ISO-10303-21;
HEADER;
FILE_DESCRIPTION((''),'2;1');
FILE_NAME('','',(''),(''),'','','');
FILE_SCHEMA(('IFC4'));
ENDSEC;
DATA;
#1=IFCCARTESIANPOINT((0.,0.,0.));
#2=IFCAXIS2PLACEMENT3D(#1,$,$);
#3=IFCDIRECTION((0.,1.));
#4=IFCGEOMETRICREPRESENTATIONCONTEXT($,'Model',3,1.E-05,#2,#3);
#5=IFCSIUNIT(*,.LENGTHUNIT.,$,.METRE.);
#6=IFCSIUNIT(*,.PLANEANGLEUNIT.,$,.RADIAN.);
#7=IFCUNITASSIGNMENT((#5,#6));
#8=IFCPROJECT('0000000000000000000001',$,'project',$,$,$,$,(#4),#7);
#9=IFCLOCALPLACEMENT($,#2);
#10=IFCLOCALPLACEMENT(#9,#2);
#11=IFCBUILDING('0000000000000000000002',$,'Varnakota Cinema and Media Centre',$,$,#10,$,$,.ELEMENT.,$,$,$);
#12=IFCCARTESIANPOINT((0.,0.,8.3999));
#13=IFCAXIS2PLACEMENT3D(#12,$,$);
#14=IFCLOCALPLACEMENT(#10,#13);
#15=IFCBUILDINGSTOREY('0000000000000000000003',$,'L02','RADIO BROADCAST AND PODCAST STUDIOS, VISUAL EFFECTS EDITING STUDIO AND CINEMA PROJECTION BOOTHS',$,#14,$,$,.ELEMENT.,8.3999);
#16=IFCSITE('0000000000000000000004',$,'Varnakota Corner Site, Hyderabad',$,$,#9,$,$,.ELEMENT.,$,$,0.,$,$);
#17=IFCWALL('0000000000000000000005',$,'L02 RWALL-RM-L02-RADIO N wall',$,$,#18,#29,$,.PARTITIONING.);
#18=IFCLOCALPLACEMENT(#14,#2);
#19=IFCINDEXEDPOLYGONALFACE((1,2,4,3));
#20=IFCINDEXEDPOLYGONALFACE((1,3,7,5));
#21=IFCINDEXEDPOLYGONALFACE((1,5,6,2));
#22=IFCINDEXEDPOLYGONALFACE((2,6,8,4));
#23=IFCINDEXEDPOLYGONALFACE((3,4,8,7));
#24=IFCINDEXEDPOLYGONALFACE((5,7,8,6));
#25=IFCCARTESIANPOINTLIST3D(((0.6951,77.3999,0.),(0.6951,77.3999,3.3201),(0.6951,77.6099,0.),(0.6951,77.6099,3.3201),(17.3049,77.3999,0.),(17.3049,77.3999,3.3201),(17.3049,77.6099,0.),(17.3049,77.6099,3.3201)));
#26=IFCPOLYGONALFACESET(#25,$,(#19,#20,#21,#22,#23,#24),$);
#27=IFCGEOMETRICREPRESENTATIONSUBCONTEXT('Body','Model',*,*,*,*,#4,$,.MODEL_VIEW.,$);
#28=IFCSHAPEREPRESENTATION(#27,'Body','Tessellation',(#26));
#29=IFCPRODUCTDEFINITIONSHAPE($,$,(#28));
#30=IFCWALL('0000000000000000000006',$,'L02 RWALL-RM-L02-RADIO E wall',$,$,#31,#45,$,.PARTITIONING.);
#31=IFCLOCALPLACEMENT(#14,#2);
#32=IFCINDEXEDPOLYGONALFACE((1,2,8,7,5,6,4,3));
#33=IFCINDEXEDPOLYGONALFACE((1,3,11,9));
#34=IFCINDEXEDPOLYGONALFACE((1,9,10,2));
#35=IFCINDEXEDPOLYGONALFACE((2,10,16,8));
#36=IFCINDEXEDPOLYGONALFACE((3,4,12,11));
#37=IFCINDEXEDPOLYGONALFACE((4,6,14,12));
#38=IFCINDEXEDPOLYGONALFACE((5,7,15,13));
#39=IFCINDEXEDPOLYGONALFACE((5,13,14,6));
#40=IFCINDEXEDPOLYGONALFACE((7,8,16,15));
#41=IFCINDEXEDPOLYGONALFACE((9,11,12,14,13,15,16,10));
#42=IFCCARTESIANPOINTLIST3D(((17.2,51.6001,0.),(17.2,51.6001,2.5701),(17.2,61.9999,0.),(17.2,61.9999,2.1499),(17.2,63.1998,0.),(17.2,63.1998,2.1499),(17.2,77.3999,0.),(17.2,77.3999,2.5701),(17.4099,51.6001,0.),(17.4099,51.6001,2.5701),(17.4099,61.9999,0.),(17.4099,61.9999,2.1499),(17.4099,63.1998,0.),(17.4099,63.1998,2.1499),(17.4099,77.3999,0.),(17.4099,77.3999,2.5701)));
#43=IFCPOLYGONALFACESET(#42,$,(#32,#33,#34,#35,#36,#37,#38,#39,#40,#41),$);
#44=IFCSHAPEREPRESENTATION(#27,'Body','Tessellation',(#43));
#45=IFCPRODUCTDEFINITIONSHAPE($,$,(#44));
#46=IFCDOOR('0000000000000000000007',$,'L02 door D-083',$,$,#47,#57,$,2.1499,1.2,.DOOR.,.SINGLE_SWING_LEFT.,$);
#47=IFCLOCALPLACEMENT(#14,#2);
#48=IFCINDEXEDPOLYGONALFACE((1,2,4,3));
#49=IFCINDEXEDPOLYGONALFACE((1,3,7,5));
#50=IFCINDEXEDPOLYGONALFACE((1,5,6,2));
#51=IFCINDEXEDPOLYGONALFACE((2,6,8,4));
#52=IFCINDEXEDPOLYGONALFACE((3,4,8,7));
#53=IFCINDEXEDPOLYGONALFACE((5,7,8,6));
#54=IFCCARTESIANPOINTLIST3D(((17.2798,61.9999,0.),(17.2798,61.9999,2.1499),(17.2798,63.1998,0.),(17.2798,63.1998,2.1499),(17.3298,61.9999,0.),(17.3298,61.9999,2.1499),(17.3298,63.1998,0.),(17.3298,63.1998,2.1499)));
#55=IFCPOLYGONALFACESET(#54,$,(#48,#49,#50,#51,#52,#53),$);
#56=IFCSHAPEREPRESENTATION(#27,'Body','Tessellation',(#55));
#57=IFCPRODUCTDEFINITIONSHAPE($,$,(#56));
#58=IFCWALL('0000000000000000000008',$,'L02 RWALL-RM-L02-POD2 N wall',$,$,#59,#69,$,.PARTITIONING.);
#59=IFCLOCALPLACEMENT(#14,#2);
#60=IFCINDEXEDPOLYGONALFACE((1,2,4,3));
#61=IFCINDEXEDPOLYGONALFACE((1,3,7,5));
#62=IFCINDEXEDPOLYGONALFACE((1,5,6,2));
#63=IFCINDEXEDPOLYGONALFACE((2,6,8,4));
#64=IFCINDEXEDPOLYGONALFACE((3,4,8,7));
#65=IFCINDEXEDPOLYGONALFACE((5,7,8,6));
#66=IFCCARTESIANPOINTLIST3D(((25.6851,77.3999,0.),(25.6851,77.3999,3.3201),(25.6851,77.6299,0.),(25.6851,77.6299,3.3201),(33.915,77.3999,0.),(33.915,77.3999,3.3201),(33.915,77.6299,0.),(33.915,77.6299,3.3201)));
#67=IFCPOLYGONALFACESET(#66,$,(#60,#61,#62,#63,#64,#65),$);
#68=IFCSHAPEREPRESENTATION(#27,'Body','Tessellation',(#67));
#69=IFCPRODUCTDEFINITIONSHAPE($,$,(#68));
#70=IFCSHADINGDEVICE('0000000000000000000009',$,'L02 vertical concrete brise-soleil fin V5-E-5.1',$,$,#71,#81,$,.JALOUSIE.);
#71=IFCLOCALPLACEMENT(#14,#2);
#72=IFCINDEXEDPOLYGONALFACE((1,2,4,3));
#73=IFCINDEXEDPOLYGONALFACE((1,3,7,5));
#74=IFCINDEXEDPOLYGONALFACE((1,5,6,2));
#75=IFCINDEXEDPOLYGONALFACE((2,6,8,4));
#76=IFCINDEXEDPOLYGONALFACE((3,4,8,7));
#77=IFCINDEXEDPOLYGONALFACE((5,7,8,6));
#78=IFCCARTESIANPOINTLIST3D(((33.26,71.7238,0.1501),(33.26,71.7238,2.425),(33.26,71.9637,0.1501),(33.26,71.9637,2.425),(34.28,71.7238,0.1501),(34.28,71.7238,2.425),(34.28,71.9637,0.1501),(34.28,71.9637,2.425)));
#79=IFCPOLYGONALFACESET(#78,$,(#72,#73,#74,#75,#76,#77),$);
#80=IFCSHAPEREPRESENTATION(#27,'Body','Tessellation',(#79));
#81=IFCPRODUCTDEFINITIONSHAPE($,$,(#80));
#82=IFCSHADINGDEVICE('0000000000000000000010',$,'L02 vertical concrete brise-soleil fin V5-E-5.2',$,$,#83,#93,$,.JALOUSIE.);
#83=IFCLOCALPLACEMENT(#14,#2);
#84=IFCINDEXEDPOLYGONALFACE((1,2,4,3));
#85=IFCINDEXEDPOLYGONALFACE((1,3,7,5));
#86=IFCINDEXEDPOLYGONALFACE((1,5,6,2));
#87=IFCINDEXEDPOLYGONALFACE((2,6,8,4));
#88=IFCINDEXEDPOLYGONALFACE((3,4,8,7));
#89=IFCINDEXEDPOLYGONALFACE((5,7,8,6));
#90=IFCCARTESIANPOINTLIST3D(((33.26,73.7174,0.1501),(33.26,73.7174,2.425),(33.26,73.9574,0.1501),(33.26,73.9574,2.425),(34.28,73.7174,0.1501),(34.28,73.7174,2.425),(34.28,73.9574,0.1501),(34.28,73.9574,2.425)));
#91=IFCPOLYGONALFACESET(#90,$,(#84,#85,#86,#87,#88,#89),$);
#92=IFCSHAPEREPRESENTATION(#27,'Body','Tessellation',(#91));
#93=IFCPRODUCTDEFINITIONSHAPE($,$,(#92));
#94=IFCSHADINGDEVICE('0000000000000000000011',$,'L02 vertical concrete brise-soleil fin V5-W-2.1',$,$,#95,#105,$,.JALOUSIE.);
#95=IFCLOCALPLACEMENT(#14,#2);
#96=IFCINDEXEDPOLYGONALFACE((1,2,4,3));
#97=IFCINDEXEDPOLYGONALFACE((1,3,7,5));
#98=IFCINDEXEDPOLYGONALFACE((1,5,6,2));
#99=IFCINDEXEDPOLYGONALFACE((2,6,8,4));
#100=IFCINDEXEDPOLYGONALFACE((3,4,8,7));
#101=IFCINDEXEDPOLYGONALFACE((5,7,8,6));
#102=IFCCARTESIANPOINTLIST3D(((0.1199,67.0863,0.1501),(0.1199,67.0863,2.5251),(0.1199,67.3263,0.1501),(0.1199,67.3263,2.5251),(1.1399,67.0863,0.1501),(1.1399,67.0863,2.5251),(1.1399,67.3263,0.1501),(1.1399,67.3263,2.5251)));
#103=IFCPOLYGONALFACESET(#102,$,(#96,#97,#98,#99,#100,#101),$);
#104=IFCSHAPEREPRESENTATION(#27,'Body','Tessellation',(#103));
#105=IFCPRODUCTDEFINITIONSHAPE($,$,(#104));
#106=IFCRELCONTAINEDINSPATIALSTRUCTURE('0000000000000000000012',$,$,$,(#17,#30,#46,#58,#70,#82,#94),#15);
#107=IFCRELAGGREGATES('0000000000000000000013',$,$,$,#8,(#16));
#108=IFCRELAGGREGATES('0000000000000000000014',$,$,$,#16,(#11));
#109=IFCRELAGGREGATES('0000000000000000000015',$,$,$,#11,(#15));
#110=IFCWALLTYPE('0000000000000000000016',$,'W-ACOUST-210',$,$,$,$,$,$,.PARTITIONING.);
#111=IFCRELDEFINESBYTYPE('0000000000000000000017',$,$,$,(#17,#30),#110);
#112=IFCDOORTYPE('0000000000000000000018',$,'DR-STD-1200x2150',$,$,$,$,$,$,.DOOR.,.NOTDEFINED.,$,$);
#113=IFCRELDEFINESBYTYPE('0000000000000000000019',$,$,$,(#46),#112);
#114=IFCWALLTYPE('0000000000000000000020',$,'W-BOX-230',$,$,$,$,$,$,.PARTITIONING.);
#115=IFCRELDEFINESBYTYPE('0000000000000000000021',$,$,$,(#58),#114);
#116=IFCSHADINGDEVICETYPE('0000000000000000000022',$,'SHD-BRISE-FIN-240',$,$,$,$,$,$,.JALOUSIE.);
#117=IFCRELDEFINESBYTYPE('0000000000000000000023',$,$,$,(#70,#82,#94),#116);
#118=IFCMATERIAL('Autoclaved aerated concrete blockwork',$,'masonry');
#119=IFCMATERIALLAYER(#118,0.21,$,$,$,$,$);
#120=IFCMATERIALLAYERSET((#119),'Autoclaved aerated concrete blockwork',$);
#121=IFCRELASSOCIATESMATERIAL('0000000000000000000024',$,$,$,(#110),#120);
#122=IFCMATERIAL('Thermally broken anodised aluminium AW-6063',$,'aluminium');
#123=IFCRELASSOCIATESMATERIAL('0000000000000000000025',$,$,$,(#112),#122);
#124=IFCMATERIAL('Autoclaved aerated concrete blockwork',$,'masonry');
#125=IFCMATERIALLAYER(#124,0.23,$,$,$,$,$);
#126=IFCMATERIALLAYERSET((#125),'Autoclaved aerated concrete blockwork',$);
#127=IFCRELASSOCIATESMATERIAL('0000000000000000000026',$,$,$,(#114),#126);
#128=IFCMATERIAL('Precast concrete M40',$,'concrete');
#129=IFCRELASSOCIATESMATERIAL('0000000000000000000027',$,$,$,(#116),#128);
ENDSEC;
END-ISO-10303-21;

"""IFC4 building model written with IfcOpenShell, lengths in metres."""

from ifc_helpers import new_model, si_unit, direction, frame, frame_2d, origin, origin_2d, place, context, subcontext, project, spatial, rectangle, extrude, material, layer, layer_set, type_object, element, fill, save


model = new_model("IFC4")

# Units and contexts
model_context = context("Model", 3, precision=1e-05, world=origin(), true_north=direction((0.0, 1.0)))
body_context = subcontext(model_context, "Body", "Model", "MODEL_VIEW")
ifc_project = project(units=[si_unit("LENGTHUNIT", "METRE"), si_unit("PLANEANGLEUNIT", "RADIAN")], contexts=[model_context])

# Site, building, storey
site_placement = place(None, origin())
site = spatial("IfcSite", under=ifc_project, at=site_placement, Name="Varnakota Corner Site, Hyderabad", CompositionType="ELEMENT", RefElevation=0.0)
building_placement = place(site_placement, origin())
building = spatial("IfcBuilding", under=site, at=building_placement, Name="Varnakota Cinema and Media Centre", CompositionType="ELEMENT")
storey_placement = place(building_placement, frame((0.0, 0.0, 8.3999)))
storey = spatial("IfcBuildingStorey", under=building, at=storey_placement, Name="L02", Description="RADIO BROADCAST AND PODCAST STUDIOS, VISUAL EFFECTS EDITING STUDIO AND CINEMA PROJECTION BOOTHS", CompositionType="ELEMENT", Elevation=8.3999)

# Wall
ifc_material_1 = material(Name="Autoclaved aerated concrete blockwork", Category="masonry")
ifc_layer_1 = layer(ifc_material_1, 0.21)
ifc_layer_set_1 = layer_set([ifc_layer_1], Name="Autoclaved aerated concrete blockwork")
wall_type_1 = type_object("IfcWallType", Name="W-ACOUST-210", PredefinedType="PARTITIONING", material=ifc_layer_set_1)
wall_1_placement = place(storey_placement, frame((0.6951, 77.5049, 0.0), z_axis=(0.0, 0.0, 1.0), x_axis=(1.0, 0.0, 0.0)))
element("IfcWall", 1, at=wall_1_placement, inside=storey, type_object=wall_type_1, Name="L02 RWALL-RM-L02-RADIO N wall", PredefinedType="PARTITIONING", context=body_context, shape_type="SweptSolid", body=[
    extrude(rectangle(XDim=16.6099, YDim=0.21, at=frame_2d((8.3049, 0.0))), origin(), (0.0, 0.0, 1.0), 3.3201),
])

# Wall, opening, door
wall_2_placement = place(storey_placement, frame((17.3049, 77.3999, 0.0), z_axis=(0.0, 0.0, 1.0), x_axis=(0.0, -1.0, 0.0)))
wall_2 = element("IfcWall", 2, at=wall_2_placement, inside=storey, type_object=wall_type_1, Name="L02 RWALL-RM-L02-RADIO E wall", PredefinedType="PARTITIONING", context=body_context, shape_type="SweptSolid", body=[
    extrude(rectangle(XDim=25.7998, YDim=0.21, at=frame_2d((12.8999, 0.0))), origin(), (0.0, 0.0, 1.0), 2.5701),
])
opening_placement = place(wall_2_placement, frame((14.2, 0.0, 0.0)))
opening = element("IfcOpeningElement", 3, at=opening_placement, cuts=wall_2, PredefinedType="OPENING", context=body_context, shape_type="SweptSolid", body=[
    extrude(rectangle(XDim=1.2, YDim=2.1499, at=frame_2d((0.6001, 1.075))), frame((0.0, 0.105, 0.0), z_axis=(0.0, -1.0, 0.0), x_axis=(1.0, 0.0, 0.0)), (0.0, 0.0, 1.0), 0.21),
])
ifc_material_2 = material(Name="Thermally broken anodised aluminium AW-6063", Category="aluminium")
door_type = type_object("IfcDoorType", Name="DR-STD-1200x2150", OperationType="NOTDEFINED", PredefinedType="DOOR", material=ifc_material_2)
door_placement = place(opening_placement, origin())
door = element("IfcDoor", 4, at=door_placement, inside=storey, type_object=door_type, Name="L02 door D-083", OperationType="SINGLE_SWING_LEFT", OverallHeight=2.1499, OverallWidth=1.2, PredefinedType="DOOR", context=body_context, shape_type="SweptSolid", body=[
    extrude(rectangle(XDim=1.2, YDim=2.1499, at=frame_2d((0.6001, 1.075))), frame((0.0, 0.0249, 0.0), z_axis=(0.0, -1.0, 0.0), x_axis=(1.0, 0.0, 0.0)), (0.0, 0.0, 1.0), 0.05),
])
fill(opening, door)

# Wall
ifc_material_3 = material(Name="Autoclaved aerated concrete blockwork", Category="masonry")
ifc_layer_2 = layer(ifc_material_3, 0.23)
ifc_layer_set_2 = layer_set([ifc_layer_2], Name="Autoclaved aerated concrete blockwork")
wall_type_2 = type_object("IfcWallType", Name="W-BOX-230", PredefinedType="PARTITIONING", material=ifc_layer_set_2)
wall_3_placement = place(storey_placement, frame((25.6851, 77.5149, 0.0), z_axis=(0.0, 0.0, 1.0), x_axis=(1.0, 0.0, 0.0)))
element("IfcWall", 5, at=wall_3_placement, inside=storey, type_object=wall_type_2, Name="L02 RWALL-RM-L02-POD2 N wall", PredefinedType="PARTITIONING", context=body_context, shape_type="SweptSolid", body=[
    extrude(rectangle(XDim=8.23, YDim=0.23, at=frame_2d((4.115, 0.0))), origin(), (0.0, 0.0, 1.0), 3.3201),
])

# Shading devices
ifc_material_4 = material(Name="Precast concrete M40", Category="concrete")
shading_device_type = type_object("IfcShadingDeviceType", Name="SHD-BRISE-FIN-240", PredefinedType="JALOUSIE", material=ifc_material_4)
for number, where, z_axis, x_axis, name in (
    (6, (33.77, 71.8438, 0.1501), (0.0, 0.0, 1.0), (0.0, 1.0, 0.0), "L02 vertical concrete brise-soleil fin V5-E-5.1"),
    (7, (33.77, 73.8374, 0.1501), (0.0, 0.0, 1.0), (0.0, 1.0, 0.0), "L02 vertical concrete brise-soleil fin V5-E-5.2"),
):
    element("IfcShadingDevice", number, at=place(storey_placement, frame(where, z_axis=z_axis, x_axis=x_axis)), inside=storey, type_object=shading_device_type, Name=name, PredefinedType="JALOUSIE", context=body_context, shape_type="SweptSolid", body=[
        extrude(rectangle(XDim=0.24, YDim=1.02, at=origin_2d()), origin(), (0.0, 0.0, 1.0), 2.2749),
    ])
shading_device_placement = place(storey_placement, frame((0.6299, 67.2063, 0.1501), z_axis=(0.0, 0.0, 1.0), x_axis=(0.0, -1.0, 0.0)))
element("IfcShadingDevice", 8, at=shading_device_placement, inside=storey, type_object=shading_device_type, Name="L02 vertical concrete brise-soleil fin V5-W-2.1", PredefinedType="JALOUSIE", context=body_context, shape_type="SweptSolid", body=[
    extrude(rectangle(XDim=0.24, YDim=1.02, at=origin_2d()), origin(), (0.0, 0.0, 1.0), 2.375),
])

save(model, "model.ifc")
